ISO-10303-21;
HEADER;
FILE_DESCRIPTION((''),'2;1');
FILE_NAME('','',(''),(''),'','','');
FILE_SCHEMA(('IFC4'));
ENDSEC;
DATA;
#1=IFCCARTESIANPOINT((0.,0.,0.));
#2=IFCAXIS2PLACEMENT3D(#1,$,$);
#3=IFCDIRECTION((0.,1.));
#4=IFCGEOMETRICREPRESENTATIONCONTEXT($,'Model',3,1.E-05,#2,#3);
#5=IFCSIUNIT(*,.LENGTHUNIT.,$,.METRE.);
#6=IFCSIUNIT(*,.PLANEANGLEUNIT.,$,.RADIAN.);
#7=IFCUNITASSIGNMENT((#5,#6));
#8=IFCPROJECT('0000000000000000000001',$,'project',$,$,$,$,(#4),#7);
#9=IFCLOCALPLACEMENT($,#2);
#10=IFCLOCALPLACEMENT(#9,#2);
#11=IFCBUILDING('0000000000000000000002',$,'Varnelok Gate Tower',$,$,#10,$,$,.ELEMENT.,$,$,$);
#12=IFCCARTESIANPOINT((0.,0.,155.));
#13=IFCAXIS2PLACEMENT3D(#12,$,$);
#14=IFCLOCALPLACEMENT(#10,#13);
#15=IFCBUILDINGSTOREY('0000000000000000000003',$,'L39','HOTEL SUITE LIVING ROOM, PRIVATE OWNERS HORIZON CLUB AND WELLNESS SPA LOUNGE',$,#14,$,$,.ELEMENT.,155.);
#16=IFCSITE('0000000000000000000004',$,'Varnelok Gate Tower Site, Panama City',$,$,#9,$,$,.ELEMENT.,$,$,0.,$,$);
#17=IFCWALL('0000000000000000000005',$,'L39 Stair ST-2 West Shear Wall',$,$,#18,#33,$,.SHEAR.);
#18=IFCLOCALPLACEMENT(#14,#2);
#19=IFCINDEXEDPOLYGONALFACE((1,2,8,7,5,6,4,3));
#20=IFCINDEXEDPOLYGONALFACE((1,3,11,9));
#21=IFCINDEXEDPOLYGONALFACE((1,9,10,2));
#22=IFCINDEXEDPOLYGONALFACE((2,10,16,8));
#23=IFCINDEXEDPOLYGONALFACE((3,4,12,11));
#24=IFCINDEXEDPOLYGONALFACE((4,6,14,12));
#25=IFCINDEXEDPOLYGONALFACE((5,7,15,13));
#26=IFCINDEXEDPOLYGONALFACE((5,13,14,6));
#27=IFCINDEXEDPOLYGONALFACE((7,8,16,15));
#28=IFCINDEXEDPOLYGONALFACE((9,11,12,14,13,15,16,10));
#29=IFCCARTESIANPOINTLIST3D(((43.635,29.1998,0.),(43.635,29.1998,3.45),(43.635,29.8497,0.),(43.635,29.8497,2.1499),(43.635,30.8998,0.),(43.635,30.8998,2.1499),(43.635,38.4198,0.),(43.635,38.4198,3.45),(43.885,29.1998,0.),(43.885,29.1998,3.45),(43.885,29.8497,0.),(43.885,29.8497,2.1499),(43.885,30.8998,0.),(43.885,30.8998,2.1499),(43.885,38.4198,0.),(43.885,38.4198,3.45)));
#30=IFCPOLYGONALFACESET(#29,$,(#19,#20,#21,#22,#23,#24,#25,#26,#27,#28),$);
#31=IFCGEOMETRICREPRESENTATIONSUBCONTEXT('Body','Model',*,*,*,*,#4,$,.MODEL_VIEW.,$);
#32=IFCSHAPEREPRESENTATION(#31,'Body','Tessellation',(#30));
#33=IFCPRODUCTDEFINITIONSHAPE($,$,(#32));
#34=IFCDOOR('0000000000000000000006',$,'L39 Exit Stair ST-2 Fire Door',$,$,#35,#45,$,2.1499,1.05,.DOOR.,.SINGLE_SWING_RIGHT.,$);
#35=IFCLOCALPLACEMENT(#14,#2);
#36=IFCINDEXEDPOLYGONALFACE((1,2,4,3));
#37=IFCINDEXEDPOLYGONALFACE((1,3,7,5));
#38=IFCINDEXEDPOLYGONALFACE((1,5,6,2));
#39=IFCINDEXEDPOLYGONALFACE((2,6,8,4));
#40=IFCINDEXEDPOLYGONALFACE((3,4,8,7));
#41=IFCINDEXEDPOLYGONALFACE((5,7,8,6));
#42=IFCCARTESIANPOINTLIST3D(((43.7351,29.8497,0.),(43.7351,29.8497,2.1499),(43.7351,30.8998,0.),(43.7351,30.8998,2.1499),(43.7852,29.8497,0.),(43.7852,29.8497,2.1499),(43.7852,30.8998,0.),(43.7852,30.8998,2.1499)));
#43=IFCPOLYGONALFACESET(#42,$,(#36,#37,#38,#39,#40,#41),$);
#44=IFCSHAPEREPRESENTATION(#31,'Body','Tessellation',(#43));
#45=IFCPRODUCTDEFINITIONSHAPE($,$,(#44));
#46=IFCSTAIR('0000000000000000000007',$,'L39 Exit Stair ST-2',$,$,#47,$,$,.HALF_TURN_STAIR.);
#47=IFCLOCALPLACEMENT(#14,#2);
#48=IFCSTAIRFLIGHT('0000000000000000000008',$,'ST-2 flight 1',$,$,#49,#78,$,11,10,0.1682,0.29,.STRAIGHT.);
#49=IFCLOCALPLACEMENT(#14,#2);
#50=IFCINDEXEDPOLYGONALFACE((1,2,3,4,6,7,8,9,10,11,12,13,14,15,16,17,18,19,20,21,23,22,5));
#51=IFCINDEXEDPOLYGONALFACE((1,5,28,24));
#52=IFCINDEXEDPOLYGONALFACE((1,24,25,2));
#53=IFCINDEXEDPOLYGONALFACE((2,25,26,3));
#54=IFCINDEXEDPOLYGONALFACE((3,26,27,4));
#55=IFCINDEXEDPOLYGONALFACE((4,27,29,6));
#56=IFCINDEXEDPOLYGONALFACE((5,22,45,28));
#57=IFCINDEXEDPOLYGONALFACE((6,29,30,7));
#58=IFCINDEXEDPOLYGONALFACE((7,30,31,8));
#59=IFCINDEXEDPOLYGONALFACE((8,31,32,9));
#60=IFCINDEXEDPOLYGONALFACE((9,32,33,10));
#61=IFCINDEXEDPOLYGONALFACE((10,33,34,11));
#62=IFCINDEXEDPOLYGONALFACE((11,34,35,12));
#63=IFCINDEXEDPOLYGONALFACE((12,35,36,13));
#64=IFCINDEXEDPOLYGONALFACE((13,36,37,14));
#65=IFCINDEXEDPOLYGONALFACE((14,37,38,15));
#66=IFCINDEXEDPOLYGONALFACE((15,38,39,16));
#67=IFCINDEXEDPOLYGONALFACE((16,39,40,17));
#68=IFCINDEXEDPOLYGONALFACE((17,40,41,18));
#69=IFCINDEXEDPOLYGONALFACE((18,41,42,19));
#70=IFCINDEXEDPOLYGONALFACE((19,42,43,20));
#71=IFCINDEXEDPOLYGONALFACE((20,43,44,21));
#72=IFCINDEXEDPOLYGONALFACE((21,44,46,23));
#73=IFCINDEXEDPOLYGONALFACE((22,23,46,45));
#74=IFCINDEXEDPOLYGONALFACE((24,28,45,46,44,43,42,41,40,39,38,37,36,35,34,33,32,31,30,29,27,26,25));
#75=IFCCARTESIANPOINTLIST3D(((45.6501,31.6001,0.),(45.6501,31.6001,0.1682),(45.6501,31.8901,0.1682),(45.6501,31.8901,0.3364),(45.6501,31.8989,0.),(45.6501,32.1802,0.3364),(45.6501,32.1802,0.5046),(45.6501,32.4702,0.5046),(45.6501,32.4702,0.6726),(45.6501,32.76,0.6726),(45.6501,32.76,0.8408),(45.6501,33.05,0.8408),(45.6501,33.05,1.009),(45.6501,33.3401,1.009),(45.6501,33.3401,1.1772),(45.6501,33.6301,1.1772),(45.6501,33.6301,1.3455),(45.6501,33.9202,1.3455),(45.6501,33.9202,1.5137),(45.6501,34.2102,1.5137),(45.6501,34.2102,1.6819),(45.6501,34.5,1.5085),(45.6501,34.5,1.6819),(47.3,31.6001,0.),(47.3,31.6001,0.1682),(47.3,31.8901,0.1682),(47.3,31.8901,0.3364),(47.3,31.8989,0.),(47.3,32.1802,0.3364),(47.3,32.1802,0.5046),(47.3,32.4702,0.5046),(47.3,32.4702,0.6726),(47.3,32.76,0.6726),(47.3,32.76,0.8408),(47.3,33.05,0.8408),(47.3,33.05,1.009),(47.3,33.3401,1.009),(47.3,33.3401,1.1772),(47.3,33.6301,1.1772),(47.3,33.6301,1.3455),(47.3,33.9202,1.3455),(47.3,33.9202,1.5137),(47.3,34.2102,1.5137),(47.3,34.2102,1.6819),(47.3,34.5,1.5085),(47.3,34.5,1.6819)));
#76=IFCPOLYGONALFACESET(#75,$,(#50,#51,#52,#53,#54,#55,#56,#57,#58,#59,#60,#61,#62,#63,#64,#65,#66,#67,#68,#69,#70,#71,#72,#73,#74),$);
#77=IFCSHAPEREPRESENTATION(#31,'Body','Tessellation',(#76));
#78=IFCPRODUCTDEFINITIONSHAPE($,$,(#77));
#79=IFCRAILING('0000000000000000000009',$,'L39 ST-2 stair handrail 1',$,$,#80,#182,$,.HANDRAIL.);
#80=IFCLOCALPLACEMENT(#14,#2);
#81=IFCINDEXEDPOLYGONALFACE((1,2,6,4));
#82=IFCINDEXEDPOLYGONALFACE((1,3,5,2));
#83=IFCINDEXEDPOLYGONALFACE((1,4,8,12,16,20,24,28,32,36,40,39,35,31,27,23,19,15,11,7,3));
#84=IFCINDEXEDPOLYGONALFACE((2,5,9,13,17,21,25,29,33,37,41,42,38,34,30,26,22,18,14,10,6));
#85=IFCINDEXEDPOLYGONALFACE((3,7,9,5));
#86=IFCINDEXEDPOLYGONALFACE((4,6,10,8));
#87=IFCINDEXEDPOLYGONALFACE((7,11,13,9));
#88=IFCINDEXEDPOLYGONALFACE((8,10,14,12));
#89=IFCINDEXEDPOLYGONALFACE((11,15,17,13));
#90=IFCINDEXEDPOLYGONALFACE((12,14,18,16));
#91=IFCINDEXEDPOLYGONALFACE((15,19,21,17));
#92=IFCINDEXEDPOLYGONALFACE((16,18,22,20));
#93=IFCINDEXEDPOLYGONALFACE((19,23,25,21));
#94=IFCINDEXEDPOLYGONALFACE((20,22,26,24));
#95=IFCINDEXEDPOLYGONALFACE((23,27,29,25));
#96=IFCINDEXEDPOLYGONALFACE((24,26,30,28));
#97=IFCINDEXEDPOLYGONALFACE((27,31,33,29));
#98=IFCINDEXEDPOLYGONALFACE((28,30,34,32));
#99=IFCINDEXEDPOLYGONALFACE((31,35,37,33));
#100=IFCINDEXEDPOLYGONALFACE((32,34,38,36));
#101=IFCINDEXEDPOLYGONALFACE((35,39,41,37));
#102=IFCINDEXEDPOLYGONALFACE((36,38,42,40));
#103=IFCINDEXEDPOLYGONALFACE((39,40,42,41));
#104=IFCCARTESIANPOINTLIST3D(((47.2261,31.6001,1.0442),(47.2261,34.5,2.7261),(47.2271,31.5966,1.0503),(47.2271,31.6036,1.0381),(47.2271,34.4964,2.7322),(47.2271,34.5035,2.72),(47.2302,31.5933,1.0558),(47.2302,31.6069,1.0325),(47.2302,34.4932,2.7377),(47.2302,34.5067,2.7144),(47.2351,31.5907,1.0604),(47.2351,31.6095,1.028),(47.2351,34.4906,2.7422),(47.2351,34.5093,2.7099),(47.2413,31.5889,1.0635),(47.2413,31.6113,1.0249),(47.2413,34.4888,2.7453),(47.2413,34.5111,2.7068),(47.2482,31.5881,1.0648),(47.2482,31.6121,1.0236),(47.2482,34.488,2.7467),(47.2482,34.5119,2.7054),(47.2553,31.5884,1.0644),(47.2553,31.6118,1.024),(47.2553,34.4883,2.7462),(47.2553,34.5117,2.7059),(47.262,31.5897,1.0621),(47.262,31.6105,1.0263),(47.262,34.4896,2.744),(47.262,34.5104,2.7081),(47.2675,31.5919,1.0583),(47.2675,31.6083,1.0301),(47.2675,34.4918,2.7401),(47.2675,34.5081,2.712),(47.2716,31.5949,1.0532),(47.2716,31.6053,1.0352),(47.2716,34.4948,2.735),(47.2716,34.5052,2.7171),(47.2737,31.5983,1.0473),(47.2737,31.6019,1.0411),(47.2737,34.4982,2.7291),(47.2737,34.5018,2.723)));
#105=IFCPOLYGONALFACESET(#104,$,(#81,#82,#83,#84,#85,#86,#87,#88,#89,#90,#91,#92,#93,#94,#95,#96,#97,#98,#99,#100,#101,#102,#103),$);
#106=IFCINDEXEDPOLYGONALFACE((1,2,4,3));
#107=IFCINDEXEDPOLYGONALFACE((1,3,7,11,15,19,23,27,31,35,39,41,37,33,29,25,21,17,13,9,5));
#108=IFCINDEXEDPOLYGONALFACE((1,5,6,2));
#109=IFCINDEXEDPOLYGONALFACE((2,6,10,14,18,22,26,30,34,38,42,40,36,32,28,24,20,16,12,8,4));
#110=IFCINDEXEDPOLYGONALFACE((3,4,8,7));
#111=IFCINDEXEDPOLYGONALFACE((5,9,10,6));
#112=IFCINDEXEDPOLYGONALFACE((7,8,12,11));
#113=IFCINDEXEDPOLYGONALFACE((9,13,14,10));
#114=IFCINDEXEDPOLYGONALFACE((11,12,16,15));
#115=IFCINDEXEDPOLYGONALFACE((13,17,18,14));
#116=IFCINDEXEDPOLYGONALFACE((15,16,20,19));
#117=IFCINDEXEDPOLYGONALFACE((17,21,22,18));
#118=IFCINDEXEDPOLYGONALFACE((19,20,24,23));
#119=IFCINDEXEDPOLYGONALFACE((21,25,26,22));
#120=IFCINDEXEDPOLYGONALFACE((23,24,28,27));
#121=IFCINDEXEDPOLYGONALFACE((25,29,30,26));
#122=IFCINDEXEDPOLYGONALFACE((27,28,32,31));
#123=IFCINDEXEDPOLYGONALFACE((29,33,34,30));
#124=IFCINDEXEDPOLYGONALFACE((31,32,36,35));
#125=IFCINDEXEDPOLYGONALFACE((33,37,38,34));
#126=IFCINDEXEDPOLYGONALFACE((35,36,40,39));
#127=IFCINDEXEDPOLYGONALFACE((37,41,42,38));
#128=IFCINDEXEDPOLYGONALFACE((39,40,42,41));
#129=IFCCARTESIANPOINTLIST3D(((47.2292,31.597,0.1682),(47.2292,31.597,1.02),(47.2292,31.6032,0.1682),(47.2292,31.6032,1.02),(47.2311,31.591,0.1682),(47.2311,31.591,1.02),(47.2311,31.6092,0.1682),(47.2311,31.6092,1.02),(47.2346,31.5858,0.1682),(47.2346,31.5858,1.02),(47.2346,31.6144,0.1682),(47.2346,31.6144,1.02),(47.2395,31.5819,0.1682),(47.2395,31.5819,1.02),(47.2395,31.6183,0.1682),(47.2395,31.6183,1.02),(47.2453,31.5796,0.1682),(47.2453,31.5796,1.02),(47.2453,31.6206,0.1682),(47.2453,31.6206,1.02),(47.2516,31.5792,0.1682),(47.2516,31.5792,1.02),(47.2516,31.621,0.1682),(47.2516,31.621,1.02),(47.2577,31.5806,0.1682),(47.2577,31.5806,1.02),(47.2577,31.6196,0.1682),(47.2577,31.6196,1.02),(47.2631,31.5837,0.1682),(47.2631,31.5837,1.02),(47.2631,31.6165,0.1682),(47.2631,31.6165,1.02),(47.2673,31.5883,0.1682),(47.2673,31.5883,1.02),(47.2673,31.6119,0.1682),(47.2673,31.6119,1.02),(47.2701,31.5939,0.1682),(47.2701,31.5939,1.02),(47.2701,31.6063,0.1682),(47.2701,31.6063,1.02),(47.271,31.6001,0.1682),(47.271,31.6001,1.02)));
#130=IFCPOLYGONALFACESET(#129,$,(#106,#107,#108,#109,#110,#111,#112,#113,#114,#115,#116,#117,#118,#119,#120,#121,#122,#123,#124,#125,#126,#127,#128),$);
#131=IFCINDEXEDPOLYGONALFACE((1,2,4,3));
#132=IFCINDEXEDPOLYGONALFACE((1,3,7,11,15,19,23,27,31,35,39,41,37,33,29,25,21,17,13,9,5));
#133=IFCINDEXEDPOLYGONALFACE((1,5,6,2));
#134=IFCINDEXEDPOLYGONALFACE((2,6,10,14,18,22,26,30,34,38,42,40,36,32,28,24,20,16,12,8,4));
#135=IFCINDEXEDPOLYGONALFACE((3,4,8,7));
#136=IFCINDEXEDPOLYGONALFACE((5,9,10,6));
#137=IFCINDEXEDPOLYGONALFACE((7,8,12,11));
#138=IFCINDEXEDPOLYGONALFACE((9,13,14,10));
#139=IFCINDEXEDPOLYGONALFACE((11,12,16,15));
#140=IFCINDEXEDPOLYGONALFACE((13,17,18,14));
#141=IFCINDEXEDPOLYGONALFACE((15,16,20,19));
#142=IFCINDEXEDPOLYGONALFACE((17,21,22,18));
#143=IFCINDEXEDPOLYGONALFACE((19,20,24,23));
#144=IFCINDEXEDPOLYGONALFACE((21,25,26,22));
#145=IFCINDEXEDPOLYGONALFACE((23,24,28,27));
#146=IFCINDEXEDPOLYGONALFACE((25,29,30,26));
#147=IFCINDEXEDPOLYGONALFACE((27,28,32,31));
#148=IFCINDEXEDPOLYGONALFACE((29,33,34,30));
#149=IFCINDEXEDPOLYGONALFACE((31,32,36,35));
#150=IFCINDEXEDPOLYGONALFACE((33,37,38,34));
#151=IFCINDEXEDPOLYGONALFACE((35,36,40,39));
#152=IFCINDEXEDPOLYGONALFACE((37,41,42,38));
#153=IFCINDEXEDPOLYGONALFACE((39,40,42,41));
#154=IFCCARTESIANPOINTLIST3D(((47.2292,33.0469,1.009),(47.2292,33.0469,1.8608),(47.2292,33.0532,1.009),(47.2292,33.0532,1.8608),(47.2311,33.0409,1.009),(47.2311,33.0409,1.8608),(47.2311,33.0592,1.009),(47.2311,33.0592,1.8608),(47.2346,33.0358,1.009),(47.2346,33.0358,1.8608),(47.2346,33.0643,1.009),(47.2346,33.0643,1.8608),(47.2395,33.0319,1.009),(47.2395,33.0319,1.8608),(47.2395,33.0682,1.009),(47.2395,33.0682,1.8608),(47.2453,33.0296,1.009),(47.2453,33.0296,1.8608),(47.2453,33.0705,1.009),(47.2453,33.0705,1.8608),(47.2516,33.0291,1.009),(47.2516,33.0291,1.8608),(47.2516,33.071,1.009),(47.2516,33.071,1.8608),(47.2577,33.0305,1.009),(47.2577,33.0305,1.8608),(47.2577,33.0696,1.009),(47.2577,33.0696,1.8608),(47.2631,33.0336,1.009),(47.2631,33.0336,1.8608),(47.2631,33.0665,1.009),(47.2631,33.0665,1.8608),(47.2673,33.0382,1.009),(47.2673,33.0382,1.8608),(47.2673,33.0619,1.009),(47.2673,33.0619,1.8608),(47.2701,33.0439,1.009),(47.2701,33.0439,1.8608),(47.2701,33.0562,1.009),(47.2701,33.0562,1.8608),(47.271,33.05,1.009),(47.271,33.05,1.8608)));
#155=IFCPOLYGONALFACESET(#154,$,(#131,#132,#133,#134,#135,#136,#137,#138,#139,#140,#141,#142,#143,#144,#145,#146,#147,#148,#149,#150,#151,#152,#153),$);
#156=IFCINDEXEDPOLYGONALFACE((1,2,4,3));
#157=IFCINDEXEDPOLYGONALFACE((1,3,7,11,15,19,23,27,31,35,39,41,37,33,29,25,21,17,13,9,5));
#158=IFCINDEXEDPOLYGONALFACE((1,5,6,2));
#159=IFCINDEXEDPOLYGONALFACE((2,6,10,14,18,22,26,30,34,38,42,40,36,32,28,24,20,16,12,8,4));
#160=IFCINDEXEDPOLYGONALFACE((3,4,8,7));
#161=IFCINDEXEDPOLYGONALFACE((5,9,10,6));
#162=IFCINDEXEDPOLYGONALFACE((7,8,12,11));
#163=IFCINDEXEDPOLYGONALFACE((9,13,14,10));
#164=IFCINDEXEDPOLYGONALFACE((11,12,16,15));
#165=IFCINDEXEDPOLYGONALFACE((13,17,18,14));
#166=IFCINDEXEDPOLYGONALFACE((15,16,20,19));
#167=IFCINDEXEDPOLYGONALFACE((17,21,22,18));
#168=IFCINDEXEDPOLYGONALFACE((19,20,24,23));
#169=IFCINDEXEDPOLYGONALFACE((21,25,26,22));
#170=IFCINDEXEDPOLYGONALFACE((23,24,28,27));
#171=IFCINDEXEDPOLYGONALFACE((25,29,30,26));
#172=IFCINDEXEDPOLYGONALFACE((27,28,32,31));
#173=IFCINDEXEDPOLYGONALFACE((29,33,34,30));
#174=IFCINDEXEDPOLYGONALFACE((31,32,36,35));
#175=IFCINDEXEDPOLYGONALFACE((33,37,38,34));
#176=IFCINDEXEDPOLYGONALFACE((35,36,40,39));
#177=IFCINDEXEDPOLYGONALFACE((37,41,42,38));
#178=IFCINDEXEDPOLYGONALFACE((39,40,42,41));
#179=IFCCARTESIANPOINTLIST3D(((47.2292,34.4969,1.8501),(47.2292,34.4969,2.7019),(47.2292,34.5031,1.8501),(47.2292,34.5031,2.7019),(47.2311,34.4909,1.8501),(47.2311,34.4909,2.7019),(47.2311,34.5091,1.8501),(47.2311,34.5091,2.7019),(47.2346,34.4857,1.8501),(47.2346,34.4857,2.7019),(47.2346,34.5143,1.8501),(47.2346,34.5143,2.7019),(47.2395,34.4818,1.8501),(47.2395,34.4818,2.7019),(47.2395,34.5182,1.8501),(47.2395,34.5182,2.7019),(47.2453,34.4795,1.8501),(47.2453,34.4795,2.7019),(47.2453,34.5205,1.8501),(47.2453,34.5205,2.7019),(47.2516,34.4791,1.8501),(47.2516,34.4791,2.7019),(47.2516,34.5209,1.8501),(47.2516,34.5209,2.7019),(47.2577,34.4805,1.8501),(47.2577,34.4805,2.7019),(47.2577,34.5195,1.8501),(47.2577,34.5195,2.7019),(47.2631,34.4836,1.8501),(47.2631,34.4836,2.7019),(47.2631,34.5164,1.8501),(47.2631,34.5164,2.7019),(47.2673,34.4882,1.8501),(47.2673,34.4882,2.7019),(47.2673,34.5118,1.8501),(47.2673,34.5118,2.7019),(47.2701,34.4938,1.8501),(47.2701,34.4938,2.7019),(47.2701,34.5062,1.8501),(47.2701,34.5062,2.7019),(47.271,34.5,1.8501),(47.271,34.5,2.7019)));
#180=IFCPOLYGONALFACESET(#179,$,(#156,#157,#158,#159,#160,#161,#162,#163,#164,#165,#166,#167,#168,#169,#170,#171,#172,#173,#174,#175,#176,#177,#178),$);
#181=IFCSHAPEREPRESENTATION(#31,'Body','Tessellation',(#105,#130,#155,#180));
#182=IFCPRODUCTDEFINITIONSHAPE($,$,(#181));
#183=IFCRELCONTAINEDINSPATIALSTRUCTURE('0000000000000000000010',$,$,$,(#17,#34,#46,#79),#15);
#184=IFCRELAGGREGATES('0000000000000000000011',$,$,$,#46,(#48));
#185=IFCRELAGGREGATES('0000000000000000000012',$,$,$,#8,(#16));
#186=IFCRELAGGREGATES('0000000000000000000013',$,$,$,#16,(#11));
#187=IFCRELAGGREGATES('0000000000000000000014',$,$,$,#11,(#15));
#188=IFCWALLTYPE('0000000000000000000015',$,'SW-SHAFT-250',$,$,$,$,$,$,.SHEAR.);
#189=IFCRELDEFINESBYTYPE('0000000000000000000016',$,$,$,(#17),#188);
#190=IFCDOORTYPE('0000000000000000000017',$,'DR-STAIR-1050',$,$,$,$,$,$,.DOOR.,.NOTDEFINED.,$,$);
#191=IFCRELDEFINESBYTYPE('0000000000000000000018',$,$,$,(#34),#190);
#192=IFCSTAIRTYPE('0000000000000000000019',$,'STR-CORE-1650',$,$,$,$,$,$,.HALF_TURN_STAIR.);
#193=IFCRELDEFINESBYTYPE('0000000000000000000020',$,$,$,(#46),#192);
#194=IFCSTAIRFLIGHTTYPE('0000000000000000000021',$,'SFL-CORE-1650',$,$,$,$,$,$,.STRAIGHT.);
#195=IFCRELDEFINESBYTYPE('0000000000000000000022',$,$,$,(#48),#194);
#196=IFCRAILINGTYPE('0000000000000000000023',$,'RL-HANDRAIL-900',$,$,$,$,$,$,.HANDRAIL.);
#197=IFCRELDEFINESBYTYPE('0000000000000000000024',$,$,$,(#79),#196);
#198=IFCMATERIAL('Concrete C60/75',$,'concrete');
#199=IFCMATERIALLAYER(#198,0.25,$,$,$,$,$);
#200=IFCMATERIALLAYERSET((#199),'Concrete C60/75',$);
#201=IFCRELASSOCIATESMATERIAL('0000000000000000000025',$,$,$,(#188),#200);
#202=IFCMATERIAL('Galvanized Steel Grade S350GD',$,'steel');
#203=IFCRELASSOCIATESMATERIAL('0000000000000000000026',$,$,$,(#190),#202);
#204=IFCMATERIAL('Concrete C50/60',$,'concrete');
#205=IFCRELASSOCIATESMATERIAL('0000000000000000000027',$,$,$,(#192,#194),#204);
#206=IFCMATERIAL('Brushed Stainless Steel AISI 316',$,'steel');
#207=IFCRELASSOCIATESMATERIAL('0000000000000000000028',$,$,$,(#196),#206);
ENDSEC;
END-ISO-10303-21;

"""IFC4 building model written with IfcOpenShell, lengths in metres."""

from ifc_helpers import new_model, si_unit, direction, frame, frame_2d, origin, origin_2d, place, context, subcontext, project, spatial, polyline, rectangle, circle, outline, extrude, material, layer, layer_set, type_object, element, fill, aggregate, save


model = new_model("IFC4")

# Units and contexts
model_context = context("Model", 3, precision=1e-05, world=origin(), true_north=direction((0.0, 1.0)))
body_context = subcontext(model_context, "Body", "Model", "MODEL_VIEW")
ifc_project = project(units=[si_unit("LENGTHUNIT", "METRE"), si_unit("PLANEANGLEUNIT", "RADIAN")], contexts=[model_context])

# Site, building, storey
site_placement = place(None, origin())
site = spatial("IfcSite", under=ifc_project, at=site_placement, Name="Varnelok Gate Tower Site, Panama City", CompositionType="ELEMENT", RefElevation=0.0)
building_placement = place(site_placement, origin())
building = spatial("IfcBuilding", under=site, at=building_placement, Name="Varnelok Gate Tower", CompositionType="ELEMENT")
storey_placement = place(building_placement, frame((0.0, 0.0, 155.0)))
storey = spatial("IfcBuildingStorey", under=building, at=storey_placement, Name="L39", Description="HOTEL SUITE LIVING ROOM, PRIVATE OWNERS HORIZON CLUB AND WELLNESS SPA LOUNGE", CompositionType="ELEMENT", Elevation=155.0)

# Shared definitions
ifc_material_1 = material(Name="Concrete C60/75", Category="concrete")

# Shared definitions
ifc_material_2 = material(Name="Galvanized Steel Grade S350GD", Category="steel")

# Wall, opening, door
ifc_layer_1 = layer(ifc_material_1, 0.25)
ifc_layer_set_1 = layer_set([ifc_layer_1], Name="Concrete C60/75")
wall_type_1 = type_object("IfcWallType", Name="SW-SHAFT-250", PredefinedType="SHEAR", material=ifc_layer_set_1)
wall_1_placement = place(storey_placement, frame((43.76, 29.2, 0.0), z_axis=(0.0, 0.0, 1.0), x_axis=(0.0, 1.0, 0.0)))
wall_1 = element("IfcWall", 1, at=wall_1_placement, inside=storey, type_object=wall_type_1, Name="L39 Stair ST-2 West Shear Wall", PredefinedType="SHEAR", context=body_context, shape_type="SweptSolid", body=[
    extrude(rectangle(XDim=9.22, YDim=0.25, at=frame_2d((4.6099, 0.0))), origin(), (0.0, 0.0, 1.0), 3.45),
])
opening_1_placement = place(wall_1_placement, frame((0.6499, 0.0, 0.0)))
opening_1 = element("IfcOpeningElement", 2, at=opening_1_placement, cuts=wall_1, PredefinedType="OPENING", context=body_context, shape_type="SweptSolid", body=[
    extrude(rectangle(XDim=1.05, YDim=2.1499, at=frame_2d((0.5249, 1.075))), frame((0.0, 0.135, 0.0), z_axis=(0.0, -1.0, 0.0), x_axis=(1.0, 0.0, 0.0)), (0.0, 0.0, 1.0), 0.27),
])
door_type_1 = type_object("IfcDoorType", Name="DR-STAIR-1050", OperationType="NOTDEFINED", PredefinedType="DOOR", material=ifc_material_2)
door_1_placement = place(opening_1_placement, origin())
door_1 = element("IfcDoor", 3, at=door_1_placement, inside=storey, type_object=door_type_1, Name="L39 Exit Stair ST-2 Fire Door", OperationType="SINGLE_SWING_RIGHT", OverallHeight=2.1499, OverallWidth=1.05, PredefinedType="DOOR", context=body_context, shape_type="SweptSolid", body=[
    extrude(rectangle(XDim=1.05, YDim=2.1499, at=frame_2d((0.5249, 1.075))), frame((0.0, 0.0249, 0.0), z_axis=(0.0, -1.0, 0.0), x_axis=(1.0, 0.0, 0.0)), (0.0, 0.0, 1.0), 0.05),
])
fill(opening_1, door_1)

# Stair, stair flight
ifc_material_3 = material(Name="Concrete C50/60", Category="concrete")
stair_type = type_object("IfcStairType", Name="STR-CORE-1650", PredefinedType="HALF_TURN_STAIR", material=ifc_material_3)
stair_placement = place(storey_placement, origin())
stair = element("IfcStair", 4, at=stair_placement, inside=storey, type_object=stair_type, Name="L39 Exit Stair ST-2", PredefinedType="HALF_TURN_STAIR")
stair_flight_type = type_object("IfcStairFlightType", Name="SFL-CORE-1650", PredefinedType="STRAIGHT", material=ifc_material_3)
stair_flight_placement = place(storey_placement, frame((46.4751, 31.6001, 0.0), z_axis=(0.0, 0.0, 1.0), x_axis=(0.0, 1.0, 0.0)))
stair_flight = element("IfcStairFlight", 5, at=stair_flight_placement, type_object=stair_flight_type, Name="ST-2 flight 1", NumberOfRisers=11, NumberOfTreads=10, PredefinedType="STRAIGHT", RiserHeight=0.1682, TreadLength=0.29, context=body_context, shape_type="SweptSolid", body=[
    extrude(outline(polyline([(0.0, 0.0), (0.0, 0.1682), (0.29, 0.1682), (0.29, 0.3364), (0.5801, 0.3364), (0.5801, 0.5046), (0.8701, 0.5046), (0.8701, 0.6726), (1.1599, 0.6726), (1.1599, 0.8408), (1.45, 0.8408), (1.45, 1.009), (1.74, 1.009), (1.74, 1.1772), (2.03, 1.1772), (2.03, 1.3455), (2.3201, 1.3455), (2.3201, 1.5137), (2.6101, 1.5137), (2.6101, 1.6819), (2.8999, 1.6819), (2.8999, 1.8501), (2.8999, 1.5085), (0.2988, 0.0), (0.0, 0.0)])), frame((0.0, 0.825, 0.0), z_axis=(0.0, -1.0, 0.0), x_axis=(1.0, 0.0, 0.0)), (0.0, 0.0, 1.0), 1.6499),
])
aggregate(stair, [stair_flight])

# Railing
ifc_material_4 = material(Name="Brushed Stainless Steel AISI 316", Category="steel")
railing_type_1 = type_object("IfcRailingType", Name="RL-HANDRAIL-900", PredefinedType="HANDRAIL", material=ifc_material_4)
railing_1_placement = place(storey_placement, frame((47.25, 31.6001, 0.1682)))
element("IfcRailing", 6, at=railing_1_placement, inside=storey, type_object=railing_type_1, Name="L39 ST-2 stair handrail 1", PredefinedType="HANDRAIL", context=body_context, shape_type="SweptSolid", body=[
    extrude(circle(Radius=0.0239, at=origin_2d()), frame((0.0, 0.0, 0.876), z_axis=(0.0, 0.865039, 0.501705), x_axis=(-1.0, 0.0, 0.0)), (0.0, 0.0, 1.0), 3.3523),
    extrude(circle(Radius=0.021, at=origin_2d()), origin(), (0.0, 0.0, 1.0), 0.8518),
    extrude(circle(Radius=0.021, at=origin_2d()), frame((0.0, 1.45, 0.8408)), (0.0, 0.0, 1.0), 0.8518),
    extrude(circle(Radius=0.021, at=origin_2d()), frame((0.0, 2.8999, 1.6819)), (0.0, 0.0, 1.0), 0.8518),
])

save(model, "model.ifc")
